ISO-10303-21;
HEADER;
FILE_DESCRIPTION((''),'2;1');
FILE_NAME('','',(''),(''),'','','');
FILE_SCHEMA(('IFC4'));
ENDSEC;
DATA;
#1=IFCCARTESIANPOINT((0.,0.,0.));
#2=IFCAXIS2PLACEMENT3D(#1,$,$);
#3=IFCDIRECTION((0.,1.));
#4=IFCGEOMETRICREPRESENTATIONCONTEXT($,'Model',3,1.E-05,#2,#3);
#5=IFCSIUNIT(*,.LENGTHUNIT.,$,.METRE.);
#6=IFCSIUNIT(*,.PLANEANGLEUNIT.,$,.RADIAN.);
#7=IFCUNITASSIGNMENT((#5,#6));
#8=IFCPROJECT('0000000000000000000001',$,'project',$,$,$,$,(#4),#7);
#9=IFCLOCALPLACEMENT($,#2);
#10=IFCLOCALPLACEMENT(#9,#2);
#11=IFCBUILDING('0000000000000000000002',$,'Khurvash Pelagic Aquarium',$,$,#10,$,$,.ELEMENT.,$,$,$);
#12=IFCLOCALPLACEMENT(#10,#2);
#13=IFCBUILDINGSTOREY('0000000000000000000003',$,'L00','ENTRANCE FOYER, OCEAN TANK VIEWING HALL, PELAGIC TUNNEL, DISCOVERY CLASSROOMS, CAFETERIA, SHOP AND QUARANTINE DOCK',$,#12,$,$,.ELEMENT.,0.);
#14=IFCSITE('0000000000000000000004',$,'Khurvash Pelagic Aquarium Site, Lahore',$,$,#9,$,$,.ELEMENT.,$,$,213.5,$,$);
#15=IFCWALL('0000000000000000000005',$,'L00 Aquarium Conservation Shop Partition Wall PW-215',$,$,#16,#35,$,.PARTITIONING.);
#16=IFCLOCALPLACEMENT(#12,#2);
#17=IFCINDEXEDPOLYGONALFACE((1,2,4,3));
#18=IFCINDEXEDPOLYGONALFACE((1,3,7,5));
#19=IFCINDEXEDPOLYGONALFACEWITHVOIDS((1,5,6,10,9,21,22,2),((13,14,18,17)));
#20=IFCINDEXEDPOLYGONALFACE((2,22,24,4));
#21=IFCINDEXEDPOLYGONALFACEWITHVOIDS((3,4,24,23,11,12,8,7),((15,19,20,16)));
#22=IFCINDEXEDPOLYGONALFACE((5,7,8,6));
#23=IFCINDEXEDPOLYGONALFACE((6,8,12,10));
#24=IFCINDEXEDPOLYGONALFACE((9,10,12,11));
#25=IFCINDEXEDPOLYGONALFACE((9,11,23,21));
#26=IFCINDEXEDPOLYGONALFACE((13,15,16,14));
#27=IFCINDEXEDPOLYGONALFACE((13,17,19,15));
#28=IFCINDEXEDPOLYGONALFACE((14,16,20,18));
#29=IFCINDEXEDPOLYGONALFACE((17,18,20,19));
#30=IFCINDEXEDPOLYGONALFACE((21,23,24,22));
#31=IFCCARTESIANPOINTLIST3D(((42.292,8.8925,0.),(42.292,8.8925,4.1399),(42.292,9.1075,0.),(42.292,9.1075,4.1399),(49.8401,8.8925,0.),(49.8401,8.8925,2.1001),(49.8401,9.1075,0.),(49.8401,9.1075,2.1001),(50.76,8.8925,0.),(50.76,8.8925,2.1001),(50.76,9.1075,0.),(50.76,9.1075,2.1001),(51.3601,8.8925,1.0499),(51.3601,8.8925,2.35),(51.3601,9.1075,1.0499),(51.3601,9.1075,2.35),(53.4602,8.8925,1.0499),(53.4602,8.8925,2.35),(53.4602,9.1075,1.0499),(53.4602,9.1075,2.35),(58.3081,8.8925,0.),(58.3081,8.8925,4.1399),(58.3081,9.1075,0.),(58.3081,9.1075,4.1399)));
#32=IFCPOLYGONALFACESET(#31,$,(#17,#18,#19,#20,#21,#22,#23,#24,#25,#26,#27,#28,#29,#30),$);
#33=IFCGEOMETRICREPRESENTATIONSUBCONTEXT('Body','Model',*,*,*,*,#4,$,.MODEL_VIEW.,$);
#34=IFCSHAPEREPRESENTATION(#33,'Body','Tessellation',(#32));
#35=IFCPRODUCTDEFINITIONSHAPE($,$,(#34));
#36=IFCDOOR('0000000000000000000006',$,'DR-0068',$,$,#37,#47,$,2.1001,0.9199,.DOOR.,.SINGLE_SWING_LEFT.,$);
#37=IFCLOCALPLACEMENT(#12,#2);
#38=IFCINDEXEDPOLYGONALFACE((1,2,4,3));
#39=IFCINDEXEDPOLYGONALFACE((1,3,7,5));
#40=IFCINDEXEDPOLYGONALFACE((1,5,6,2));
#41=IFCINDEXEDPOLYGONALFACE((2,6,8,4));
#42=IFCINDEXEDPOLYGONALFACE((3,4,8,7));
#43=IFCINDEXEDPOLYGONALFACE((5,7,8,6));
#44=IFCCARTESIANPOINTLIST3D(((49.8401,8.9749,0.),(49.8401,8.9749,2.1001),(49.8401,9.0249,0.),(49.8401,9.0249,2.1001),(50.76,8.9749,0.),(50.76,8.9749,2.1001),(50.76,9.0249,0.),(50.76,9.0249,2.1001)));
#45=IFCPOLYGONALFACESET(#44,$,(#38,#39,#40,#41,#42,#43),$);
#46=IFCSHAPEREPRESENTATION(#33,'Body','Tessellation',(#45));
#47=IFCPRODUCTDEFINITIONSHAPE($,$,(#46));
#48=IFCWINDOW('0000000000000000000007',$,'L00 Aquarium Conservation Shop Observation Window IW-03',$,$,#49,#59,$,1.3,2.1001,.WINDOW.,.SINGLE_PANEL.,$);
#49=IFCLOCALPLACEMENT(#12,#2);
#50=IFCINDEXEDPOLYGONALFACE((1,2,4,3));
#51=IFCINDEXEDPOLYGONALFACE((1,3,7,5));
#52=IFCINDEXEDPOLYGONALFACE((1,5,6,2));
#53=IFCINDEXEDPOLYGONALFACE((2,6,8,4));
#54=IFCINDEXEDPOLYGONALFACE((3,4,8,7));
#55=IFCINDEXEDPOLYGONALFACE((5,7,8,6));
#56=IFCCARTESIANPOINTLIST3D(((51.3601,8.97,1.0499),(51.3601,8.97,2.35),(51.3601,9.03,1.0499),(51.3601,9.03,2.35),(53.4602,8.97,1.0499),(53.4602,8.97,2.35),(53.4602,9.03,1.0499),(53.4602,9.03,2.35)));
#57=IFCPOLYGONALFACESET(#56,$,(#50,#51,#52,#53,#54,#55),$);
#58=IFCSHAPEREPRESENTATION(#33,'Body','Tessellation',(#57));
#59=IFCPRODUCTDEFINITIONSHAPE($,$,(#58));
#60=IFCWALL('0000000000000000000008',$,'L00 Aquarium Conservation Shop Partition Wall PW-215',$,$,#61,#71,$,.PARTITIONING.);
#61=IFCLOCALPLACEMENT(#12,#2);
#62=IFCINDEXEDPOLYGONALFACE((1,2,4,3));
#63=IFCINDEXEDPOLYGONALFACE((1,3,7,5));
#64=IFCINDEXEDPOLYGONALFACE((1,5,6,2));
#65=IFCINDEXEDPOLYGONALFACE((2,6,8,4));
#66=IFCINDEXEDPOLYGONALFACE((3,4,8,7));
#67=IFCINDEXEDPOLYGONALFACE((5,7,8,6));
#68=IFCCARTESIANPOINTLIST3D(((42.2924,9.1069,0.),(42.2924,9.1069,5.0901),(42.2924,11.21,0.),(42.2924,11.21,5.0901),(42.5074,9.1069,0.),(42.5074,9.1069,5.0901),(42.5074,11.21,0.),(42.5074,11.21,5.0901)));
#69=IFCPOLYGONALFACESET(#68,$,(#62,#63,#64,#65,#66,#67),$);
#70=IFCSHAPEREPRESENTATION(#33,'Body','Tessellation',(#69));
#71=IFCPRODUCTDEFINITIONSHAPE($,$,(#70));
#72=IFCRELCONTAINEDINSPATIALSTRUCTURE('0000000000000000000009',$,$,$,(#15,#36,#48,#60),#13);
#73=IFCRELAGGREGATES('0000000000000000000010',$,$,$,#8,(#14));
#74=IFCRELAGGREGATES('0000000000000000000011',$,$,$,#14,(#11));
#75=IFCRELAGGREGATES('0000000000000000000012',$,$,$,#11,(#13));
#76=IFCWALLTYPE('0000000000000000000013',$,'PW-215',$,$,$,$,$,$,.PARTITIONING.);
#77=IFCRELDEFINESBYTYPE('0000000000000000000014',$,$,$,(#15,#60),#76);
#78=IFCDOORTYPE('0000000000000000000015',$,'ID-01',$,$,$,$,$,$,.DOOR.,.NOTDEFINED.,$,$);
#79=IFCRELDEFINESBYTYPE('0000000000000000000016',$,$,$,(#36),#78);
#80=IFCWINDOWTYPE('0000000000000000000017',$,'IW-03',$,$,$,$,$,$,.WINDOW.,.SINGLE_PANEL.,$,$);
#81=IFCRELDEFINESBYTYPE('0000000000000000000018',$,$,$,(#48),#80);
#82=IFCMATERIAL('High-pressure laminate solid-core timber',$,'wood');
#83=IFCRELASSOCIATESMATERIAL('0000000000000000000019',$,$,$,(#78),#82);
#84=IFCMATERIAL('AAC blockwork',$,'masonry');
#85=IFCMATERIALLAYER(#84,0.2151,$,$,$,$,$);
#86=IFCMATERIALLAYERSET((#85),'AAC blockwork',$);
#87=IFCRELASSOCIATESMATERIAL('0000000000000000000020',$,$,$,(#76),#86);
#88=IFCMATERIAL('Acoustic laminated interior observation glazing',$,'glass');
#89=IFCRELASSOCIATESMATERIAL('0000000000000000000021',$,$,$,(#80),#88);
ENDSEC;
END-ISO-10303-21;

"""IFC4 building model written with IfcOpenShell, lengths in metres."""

from ifc_helpers import new_model, si_unit, direction, frame, frame_2d, origin, place, context, subcontext, project, spatial, rectangle, extrude, material, layer, layer_set, type_object, element, fill, save


model = new_model("IFC4")

# Units and contexts
model_context = context("Model", 3, precision=1e-05, world=origin(), true_north=direction((0.0, 1.0)))
body_context = subcontext(model_context, "Body", "Model", "MODEL_VIEW")
ifc_project = project(units=[si_unit("LENGTHUNIT", "METRE"), si_unit("PLANEANGLEUNIT", "RADIAN")], contexts=[model_context])

# Site, building, storey
site_placement = place(None, origin())
site = spatial("IfcSite", under=ifc_project, at=site_placement, Name="Khurvash Pelagic Aquarium Site, Lahore", CompositionType="ELEMENT", RefElevation=213.5)
building_placement = place(site_placement, origin())
building = spatial("IfcBuilding", under=site, at=building_placement, Name="Khurvash Pelagic Aquarium", CompositionType="ELEMENT")
storey_placement = place(building_placement, origin())
storey = spatial("IfcBuildingStorey", under=building, at=storey_placement, Name="L00", Description="ENTRANCE FOYER, OCEAN TANK VIEWING HALL, PELAGIC TUNNEL, DISCOVERY CLASSROOMS, CAFETERIA, SHOP AND QUARANTINE DOCK", CompositionType="ELEMENT", Elevation=0.0)

# Shared definitions
ifc_material_1 = material(Name="High-pressure laminate solid-core timber", Category="wood")
door_type_1 = type_object("IfcDoorType", Name="ID-01", OperationType="NOTDEFINED", PredefinedType="DOOR", material=ifc_material_1)

# Shared definitions
ifc_material_2 = material(Name="AAC blockwork", Category="masonry")

# Wall, openings, door, window
ifc_layer_1 = layer(ifc_material_2, 0.2151)
ifc_layer_set_1 = layer_set([ifc_layer_1], Name="AAC blockwork")
wall_type_1 = type_object("IfcWallType", Name="PW-215", PredefinedType="PARTITIONING", material=ifc_layer_set_1)
wall_1_placement = place(storey_placement, frame((42.292, 9.0, 0.0), z_axis=(0.0, 0.0, 1.0), x_axis=(1.0, 0.0, 0.0)))
wall_1 = element("IfcWall", 1, at=wall_1_placement, inside=storey, type_object=wall_type_1, Name="L00 Aquarium Conservation Shop Partition Wall PW-215", PredefinedType="PARTITIONING", context=body_context, shape_type="SweptSolid", body=[
    extrude(rectangle(XDim=16.0161, YDim=0.2151, at=frame_2d((8.0081, 0.0))), origin(), (0.0, 0.0, 1.0), 4.1399),
])
opening_1_placement = place(wall_1_placement, frame((7.5481, 0.0, 0.0)))
opening_1 = element("IfcOpeningElement", 2, at=opening_1_placement, cuts=wall_1, PredefinedType="OPENING", context=body_context, shape_type="SweptSolid", body=[
    extrude(rectangle(XDim=0.9199, YDim=2.1001, at=frame_2d((0.46, 1.05))), frame((0.0, 0.1177, 0.0), z_axis=(0.0, -1.0, 0.0), x_axis=(1.0, 0.0, 0.0)), (0.0, 0.0, 1.0), 0.2351),
])
opening_2_placement = place(wall_1_placement, frame((9.0681, 0.0, 1.05)))
opening_2 = element("IfcOpeningElement", 3, at=opening_2_placement, cuts=wall_1, PredefinedType="OPENING", context=body_context, shape_type="SweptSolid", body=[
    extrude(rectangle(XDim=2.1001, YDim=1.3, at=frame_2d((1.05, 0.6499))), frame((0.0, 0.1177, 0.0), z_axis=(0.0, -1.0, 0.0), x_axis=(1.0, 0.0, 0.0)), (0.0, 0.0, 1.0), 0.2351),
])
door_1_placement = place(opening_1_placement, origin())
door_1 = element("IfcDoor", 4, at=door_1_placement, inside=storey, type_object=door_type_1, Name="DR-0068", OperationType="SINGLE_SWING_LEFT", OverallHeight=2.1001, OverallWidth=0.9199, PredefinedType="DOOR", context=body_context, shape_type="SweptSolid", body=[
    extrude(rectangle(XDim=0.9199, YDim=2.1001, at=frame_2d((0.46, 1.05))), frame((0.0, 0.0249, 0.0), z_axis=(0.0, -1.0, 0.0), x_axis=(1.0, 0.0, 0.0)), (0.0, 0.0, 1.0), 0.05),
])
fill(opening_1, door_1)
ifc_material_3 = material(Name="Acoustic laminated interior observation glazing", Category="glass")
window_type = type_object("IfcWindowType", Name="IW-03", PartitioningType="SINGLE_PANEL", PredefinedType="WINDOW", material=ifc_material_3)
window_placement = place(opening_2_placement, origin())
window = element("IfcWindow", 5, at=window_placement, inside=storey, type_object=window_type, Name="L00 Aquarium Conservation Shop Observation Window IW-03", OverallHeight=1.3, OverallWidth=2.1001, PartitioningType="SINGLE_PANEL", PredefinedType="WINDOW", context=body_context, shape_type="SweptSolid", body=[
    extrude(rectangle(XDim=2.1001, YDim=1.3, at=frame_2d((1.05, 0.6499))), frame((0.0, 0.03, 0.0), z_axis=(0.0, -1.0, 0.0), x_axis=(1.0, 0.0, 0.0)), (0.0, 0.0, 1.0), 0.0601),
])
fill(opening_2, window)

# Wall
wall_2_placement = place(storey_placement, frame((42.3999, 9.1069, 0.0), z_axis=(0.0, 0.0, 1.0), x_axis=(0.0, 1.0, 0.0)))
element("IfcWall", 6, at=wall_2_placement, inside=storey, type_object=wall_type_1, Name="L00 Aquarium Conservation Shop Partition Wall PW-215", PredefinedType="PARTITIONING", context=body_context, shape_type="SweptSolid", body=[
    extrude(rectangle(XDim=2.103, YDim=0.2151, at=frame_2d((1.0515, 0.0))), origin(), (0.0, 0.0, 1.0), 5.0901),
])

save(model, "model.ifc")
